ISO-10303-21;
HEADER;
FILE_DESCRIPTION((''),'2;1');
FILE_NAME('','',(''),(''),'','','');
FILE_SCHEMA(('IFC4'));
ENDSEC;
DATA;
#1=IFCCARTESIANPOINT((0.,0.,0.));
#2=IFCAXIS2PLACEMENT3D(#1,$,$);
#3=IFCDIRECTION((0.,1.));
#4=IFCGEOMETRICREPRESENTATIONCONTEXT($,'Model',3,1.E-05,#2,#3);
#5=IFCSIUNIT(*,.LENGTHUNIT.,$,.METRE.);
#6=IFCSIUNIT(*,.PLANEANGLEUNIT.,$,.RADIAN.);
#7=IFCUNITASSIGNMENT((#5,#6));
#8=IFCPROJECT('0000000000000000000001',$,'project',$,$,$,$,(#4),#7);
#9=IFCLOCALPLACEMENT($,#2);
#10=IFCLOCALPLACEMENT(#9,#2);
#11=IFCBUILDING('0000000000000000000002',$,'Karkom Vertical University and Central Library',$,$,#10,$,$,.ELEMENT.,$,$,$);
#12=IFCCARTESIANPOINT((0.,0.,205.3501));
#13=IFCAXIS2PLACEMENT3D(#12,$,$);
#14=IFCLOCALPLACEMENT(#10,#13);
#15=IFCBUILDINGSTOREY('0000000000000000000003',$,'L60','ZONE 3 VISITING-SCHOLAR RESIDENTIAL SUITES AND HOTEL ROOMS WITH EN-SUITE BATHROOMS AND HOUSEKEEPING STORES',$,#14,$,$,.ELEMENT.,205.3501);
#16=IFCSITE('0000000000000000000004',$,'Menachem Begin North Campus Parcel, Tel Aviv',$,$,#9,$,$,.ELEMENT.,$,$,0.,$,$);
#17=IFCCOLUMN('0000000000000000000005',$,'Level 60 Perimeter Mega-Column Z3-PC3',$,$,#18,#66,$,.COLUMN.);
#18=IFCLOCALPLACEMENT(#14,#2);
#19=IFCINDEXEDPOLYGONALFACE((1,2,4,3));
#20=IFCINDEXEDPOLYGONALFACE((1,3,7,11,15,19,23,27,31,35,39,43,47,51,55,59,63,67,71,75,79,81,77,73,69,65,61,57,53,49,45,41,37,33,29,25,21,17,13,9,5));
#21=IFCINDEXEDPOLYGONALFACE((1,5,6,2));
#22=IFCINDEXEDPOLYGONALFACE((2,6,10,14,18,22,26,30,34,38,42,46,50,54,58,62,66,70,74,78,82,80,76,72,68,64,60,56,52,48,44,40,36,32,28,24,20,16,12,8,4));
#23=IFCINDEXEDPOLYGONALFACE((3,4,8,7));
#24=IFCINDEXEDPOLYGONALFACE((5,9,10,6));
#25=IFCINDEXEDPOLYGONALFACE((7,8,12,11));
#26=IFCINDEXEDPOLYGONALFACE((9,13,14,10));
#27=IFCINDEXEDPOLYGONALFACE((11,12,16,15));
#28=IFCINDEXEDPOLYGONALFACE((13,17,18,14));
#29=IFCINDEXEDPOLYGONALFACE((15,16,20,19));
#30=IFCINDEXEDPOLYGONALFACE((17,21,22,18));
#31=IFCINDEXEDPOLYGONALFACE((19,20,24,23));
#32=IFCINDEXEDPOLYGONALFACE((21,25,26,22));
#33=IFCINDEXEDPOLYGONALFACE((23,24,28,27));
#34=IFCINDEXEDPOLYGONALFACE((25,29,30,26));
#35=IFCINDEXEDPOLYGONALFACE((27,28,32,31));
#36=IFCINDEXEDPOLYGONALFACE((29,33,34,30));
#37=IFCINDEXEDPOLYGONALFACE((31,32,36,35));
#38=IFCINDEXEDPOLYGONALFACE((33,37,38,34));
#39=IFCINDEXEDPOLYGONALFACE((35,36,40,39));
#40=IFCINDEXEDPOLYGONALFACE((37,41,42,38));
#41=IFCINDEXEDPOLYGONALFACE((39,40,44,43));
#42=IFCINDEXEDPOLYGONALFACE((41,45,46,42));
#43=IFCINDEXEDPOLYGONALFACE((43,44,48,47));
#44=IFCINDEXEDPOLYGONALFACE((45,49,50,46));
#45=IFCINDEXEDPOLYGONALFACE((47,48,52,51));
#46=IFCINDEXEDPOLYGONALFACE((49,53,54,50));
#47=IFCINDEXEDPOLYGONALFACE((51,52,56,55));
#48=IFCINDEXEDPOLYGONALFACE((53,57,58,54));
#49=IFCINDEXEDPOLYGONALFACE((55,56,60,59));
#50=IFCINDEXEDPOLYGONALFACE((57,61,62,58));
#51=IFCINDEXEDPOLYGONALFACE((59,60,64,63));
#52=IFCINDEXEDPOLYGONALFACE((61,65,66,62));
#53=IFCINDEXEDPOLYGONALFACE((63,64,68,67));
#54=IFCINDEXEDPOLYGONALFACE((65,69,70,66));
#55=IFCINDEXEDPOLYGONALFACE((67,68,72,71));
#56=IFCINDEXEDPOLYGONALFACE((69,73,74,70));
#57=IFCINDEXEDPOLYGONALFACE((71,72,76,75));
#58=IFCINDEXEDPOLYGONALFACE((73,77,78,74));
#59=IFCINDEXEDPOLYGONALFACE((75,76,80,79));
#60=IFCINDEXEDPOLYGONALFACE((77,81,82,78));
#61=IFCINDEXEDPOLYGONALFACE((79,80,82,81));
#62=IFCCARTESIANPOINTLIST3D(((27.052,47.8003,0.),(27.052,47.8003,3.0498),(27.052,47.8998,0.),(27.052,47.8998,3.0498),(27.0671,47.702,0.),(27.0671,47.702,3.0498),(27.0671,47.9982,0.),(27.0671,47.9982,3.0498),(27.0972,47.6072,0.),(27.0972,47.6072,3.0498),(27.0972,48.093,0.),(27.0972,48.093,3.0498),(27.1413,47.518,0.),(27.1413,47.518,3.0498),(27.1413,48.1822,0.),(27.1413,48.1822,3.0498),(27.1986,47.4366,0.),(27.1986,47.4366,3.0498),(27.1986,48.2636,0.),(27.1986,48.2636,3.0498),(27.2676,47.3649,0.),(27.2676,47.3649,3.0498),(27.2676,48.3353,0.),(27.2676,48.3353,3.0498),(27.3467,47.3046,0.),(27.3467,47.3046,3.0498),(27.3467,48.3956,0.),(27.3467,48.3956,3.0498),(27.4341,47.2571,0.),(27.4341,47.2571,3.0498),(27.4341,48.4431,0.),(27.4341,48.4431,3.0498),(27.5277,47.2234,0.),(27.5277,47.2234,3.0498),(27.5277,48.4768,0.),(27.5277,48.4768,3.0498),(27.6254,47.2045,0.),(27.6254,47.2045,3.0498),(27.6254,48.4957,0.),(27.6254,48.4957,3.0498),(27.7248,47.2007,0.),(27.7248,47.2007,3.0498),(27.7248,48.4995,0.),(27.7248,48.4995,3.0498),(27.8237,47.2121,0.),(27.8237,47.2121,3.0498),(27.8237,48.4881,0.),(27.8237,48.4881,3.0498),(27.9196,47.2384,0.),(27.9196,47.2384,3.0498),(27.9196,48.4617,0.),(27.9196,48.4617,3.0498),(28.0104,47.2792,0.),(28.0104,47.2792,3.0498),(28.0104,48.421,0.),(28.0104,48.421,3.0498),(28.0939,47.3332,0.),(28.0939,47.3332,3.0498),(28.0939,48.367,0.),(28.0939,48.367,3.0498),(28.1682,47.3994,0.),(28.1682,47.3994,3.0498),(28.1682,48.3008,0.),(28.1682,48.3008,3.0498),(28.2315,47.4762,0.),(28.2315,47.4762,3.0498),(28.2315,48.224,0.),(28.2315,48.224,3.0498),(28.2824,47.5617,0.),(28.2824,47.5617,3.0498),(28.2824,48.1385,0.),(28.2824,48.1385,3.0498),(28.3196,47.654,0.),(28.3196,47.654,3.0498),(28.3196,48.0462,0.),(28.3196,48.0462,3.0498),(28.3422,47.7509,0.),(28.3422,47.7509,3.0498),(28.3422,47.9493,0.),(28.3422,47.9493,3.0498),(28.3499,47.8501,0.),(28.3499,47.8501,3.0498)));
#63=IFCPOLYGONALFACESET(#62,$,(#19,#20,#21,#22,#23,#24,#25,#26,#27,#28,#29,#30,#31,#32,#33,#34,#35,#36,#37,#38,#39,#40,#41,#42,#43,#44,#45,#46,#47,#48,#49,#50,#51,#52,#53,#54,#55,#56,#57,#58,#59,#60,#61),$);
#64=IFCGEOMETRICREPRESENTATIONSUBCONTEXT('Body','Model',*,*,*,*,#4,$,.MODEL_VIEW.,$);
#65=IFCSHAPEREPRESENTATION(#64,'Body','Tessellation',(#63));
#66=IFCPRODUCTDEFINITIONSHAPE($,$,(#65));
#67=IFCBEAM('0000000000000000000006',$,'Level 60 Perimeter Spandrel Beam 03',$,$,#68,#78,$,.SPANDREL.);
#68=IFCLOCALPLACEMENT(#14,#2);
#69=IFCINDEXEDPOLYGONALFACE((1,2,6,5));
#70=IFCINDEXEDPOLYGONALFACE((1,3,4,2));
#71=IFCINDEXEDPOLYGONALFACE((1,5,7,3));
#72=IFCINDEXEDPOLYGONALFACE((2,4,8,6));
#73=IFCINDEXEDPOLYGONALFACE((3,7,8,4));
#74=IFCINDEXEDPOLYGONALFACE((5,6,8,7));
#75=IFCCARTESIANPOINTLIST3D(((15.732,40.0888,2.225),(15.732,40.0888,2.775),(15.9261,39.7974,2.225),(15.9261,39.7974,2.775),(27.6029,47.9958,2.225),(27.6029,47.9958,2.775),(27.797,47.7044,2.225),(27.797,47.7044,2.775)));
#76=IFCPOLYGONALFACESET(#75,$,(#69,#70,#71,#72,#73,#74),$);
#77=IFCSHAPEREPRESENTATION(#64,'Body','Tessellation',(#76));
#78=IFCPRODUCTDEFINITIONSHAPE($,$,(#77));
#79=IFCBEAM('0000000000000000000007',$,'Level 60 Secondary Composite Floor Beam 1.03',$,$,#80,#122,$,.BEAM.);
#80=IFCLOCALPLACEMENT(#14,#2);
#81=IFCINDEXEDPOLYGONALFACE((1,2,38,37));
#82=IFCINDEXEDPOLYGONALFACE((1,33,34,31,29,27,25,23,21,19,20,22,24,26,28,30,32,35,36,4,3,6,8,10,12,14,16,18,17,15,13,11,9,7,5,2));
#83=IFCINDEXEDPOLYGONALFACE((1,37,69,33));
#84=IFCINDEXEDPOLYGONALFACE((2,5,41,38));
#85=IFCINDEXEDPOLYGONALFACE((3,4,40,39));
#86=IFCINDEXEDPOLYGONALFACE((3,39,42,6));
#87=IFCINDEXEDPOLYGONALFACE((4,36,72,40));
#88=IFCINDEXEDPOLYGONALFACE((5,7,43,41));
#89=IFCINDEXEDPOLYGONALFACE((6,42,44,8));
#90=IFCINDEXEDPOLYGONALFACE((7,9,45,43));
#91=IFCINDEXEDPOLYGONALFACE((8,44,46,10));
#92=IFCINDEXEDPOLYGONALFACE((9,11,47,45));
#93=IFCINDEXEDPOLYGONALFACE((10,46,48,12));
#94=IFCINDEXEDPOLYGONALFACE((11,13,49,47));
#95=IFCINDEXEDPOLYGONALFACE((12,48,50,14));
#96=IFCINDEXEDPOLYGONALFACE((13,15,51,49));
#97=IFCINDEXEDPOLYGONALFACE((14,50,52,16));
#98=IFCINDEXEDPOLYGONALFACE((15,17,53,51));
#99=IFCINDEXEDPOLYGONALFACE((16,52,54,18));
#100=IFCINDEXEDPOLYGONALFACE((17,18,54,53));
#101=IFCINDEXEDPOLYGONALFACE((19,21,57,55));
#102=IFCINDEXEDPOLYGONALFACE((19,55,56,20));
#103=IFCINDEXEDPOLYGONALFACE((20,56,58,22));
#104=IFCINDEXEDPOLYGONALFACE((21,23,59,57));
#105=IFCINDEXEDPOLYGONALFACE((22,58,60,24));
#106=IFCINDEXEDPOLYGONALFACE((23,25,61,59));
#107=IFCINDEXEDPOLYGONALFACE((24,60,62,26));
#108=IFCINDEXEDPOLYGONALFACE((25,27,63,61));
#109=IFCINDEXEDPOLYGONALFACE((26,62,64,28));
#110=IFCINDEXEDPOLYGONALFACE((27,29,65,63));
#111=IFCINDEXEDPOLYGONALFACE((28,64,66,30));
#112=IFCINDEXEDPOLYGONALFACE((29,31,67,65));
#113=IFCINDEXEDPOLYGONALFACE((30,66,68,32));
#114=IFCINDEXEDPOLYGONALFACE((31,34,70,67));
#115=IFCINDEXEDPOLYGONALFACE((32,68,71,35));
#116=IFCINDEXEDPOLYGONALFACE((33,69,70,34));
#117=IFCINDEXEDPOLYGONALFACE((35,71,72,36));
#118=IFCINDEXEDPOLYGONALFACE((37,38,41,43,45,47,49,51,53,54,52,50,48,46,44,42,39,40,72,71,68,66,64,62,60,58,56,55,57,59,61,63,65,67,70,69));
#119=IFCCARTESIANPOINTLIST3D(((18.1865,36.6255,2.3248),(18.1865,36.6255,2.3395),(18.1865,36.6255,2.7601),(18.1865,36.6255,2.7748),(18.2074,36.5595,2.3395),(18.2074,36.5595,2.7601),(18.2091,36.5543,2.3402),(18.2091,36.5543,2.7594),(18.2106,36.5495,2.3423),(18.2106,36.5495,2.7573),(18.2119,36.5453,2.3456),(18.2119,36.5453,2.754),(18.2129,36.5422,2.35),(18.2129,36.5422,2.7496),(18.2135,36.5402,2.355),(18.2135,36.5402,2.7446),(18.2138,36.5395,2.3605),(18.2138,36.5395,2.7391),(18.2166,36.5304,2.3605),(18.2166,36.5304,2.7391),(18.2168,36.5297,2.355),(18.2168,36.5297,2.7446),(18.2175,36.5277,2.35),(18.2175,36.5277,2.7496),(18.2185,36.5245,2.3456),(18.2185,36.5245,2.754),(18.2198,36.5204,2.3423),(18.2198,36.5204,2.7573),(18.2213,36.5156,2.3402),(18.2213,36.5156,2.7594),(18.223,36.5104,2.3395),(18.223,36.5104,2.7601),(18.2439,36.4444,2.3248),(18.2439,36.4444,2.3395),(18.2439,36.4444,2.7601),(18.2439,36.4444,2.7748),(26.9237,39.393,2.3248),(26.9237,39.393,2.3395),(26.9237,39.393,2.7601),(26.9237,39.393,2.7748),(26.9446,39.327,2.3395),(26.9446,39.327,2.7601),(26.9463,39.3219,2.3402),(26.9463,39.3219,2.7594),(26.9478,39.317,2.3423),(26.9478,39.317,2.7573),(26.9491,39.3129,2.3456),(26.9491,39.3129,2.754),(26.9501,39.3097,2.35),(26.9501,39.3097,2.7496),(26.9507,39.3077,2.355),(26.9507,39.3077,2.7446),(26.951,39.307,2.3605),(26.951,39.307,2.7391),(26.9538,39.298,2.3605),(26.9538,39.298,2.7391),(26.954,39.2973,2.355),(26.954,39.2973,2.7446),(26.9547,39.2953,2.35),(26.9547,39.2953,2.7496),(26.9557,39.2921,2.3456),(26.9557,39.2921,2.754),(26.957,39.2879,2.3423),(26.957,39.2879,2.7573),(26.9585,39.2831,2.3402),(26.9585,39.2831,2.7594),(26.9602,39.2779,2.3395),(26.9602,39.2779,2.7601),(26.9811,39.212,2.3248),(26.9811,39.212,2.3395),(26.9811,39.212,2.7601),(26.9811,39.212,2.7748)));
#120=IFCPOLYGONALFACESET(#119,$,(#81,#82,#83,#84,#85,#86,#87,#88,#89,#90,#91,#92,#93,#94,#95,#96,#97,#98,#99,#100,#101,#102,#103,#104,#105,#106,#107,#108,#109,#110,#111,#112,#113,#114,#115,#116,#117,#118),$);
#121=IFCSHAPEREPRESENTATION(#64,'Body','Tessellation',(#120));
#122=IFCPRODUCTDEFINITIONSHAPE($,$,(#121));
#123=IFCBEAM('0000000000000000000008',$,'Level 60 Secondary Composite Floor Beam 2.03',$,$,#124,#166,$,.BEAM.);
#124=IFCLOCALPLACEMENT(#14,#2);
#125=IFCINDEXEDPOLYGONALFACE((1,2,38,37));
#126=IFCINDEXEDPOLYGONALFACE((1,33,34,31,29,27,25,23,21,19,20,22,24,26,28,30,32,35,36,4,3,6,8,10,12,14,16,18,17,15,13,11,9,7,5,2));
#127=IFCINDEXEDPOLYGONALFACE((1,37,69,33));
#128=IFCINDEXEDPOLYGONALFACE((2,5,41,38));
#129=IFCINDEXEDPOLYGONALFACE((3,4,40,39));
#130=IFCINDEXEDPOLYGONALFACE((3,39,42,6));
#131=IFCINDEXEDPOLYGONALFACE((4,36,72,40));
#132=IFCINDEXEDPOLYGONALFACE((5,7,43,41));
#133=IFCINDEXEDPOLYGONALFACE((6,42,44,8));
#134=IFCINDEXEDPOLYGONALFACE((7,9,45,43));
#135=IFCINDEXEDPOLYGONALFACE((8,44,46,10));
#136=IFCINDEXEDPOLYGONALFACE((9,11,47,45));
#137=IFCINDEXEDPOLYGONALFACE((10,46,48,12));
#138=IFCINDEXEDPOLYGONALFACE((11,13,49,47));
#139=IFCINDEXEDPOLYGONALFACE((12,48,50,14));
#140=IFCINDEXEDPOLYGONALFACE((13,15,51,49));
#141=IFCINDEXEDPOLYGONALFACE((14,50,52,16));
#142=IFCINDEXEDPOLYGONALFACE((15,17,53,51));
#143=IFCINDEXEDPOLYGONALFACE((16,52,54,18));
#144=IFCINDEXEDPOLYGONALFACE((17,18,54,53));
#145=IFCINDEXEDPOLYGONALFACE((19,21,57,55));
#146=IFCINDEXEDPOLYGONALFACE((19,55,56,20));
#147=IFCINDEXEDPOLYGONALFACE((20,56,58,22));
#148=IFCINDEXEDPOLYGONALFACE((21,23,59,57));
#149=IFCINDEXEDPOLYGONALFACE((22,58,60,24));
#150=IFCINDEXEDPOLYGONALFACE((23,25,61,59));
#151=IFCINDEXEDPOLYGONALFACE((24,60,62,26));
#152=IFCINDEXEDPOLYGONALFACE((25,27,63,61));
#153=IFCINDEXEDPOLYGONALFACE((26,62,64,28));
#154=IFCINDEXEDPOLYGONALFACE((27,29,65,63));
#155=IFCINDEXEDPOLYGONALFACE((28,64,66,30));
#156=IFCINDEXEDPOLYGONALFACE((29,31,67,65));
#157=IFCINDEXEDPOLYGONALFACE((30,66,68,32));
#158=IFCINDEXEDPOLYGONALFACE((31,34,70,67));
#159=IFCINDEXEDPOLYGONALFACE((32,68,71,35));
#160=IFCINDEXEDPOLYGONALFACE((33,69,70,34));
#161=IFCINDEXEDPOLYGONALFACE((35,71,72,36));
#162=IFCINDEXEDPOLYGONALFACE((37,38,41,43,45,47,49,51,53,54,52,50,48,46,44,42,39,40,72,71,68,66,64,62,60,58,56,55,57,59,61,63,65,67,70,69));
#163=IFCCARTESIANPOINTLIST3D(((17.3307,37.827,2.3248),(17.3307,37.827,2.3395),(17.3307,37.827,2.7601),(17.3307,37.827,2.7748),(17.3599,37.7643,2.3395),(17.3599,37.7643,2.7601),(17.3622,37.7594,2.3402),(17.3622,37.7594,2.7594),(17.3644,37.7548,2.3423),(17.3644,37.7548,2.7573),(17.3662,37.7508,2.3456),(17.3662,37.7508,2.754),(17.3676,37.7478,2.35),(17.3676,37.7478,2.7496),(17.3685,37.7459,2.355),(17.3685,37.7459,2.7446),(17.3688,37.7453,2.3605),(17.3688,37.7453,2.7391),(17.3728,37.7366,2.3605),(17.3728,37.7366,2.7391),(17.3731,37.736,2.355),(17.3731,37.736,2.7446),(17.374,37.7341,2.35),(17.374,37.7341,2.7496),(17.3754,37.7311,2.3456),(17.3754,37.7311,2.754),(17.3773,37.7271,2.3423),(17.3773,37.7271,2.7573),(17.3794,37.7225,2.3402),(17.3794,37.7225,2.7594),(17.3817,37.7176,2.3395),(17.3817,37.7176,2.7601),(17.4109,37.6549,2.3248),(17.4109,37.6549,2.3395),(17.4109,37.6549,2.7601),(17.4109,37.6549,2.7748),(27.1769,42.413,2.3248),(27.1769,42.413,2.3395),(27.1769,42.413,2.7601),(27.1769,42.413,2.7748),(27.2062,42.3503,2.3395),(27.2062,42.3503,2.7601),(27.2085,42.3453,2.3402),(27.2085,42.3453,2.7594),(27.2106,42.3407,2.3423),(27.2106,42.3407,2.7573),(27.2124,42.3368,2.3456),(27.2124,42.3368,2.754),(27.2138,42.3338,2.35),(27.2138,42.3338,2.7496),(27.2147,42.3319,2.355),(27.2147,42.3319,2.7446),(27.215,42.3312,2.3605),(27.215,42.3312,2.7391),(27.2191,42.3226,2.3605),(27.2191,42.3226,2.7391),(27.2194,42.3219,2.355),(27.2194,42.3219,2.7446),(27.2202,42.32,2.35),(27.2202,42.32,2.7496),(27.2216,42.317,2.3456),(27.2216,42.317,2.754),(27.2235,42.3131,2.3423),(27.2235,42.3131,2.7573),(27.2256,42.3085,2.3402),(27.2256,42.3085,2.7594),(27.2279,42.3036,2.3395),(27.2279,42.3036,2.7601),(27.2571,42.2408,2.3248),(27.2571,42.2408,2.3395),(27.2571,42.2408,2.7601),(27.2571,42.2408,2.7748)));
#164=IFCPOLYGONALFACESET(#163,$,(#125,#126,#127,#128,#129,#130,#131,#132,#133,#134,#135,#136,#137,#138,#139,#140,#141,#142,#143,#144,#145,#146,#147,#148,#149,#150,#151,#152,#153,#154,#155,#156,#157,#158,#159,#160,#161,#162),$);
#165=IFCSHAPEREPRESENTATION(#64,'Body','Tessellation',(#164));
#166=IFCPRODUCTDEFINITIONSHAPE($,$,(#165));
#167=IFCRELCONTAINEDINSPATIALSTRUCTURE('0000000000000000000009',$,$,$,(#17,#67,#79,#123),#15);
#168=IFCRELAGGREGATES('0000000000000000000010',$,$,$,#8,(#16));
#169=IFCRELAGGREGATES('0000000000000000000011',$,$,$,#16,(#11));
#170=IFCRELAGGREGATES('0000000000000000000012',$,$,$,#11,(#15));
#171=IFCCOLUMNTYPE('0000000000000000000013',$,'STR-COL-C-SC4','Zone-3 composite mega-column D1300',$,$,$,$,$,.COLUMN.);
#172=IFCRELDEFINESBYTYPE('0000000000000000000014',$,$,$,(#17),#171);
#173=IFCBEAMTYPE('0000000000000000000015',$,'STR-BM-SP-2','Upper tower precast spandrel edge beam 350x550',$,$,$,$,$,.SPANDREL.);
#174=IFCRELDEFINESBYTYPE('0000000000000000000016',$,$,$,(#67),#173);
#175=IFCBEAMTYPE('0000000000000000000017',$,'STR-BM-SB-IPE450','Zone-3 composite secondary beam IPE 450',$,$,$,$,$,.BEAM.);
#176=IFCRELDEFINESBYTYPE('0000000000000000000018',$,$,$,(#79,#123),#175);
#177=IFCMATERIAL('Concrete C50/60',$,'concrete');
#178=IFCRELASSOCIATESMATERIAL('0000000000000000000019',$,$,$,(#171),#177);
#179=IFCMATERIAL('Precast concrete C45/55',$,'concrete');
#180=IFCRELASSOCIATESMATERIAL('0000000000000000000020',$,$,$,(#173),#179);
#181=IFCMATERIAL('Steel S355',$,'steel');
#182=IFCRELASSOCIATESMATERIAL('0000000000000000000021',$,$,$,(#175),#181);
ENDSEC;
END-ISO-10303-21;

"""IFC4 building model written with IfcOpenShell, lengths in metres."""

from ifc_helpers import new_model, si_unit, direction, frame, origin, origin_with_axes, origin_2d, place, context, subcontext, project, spatial, rectangle, circle, i_section, extrude, source, transform, mapped, material, material_profile, profile_set, type_object, element, save


model = new_model("IFC4")

# Units and contexts
model_context = context("Model", 3, precision=1e-05, world=origin(), true_north=direction((0.0, 1.0)))
body_context = subcontext(model_context, "Body", "Model", "MODEL_VIEW")
ifc_project = project(units=[si_unit("LENGTHUNIT", "METRE"), si_unit("PLANEANGLEUNIT", "RADIAN")], contexts=[model_context])

# Site, building, storey
site_placement = place(None, origin())
site = spatial("IfcSite", under=ifc_project, at=site_placement, Name="Menachem Begin North Campus Parcel, Tel Aviv", CompositionType="ELEMENT", RefElevation=0.0)
building_placement = place(site_placement, origin())
building = spatial("IfcBuilding", under=site, at=building_placement, Name="Karkom Vertical University and Central Library", CompositionType="ELEMENT")
storey_placement = place(building_placement, frame((0.0, 0.0, 205.3501)))
storey = spatial("IfcBuildingStorey", under=building, at=storey_placement, Name="L60", Description="ZONE 3 VISITING-SCHOLAR RESIDENTIAL SUITES AND HOTEL ROOMS WITH EN-SUITE BATHROOMS AND HOUSEKEEPING STORES", CompositionType="ELEMENT", Elevation=205.3501)

# Column
ifc_material_1 = material(Name="Concrete C50/60", Category="concrete")
ifc_material_profile_1 = material_profile(ifc_material_1, circle(Radius=0.6499, at=origin_2d()), Name="CFT-D1300")
ifc_profile_set_1 = profile_set([ifc_material_profile_1], Name="Concrete C50/60")
column_type = type_object("IfcColumnType", Name="STR-COL-C-SC4", Description="Zone-3 composite mega-column D1300", PredefinedType="COLUMN", material=ifc_profile_set_1)
shared_shape_1 = source(origin_with_axes(), body_context, "Body", "SweptSolid", [
    extrude(circle(Radius=0.6499, at=origin_2d()), origin(), (0.0, 0.0, 1.0), 3.0498),
])
column_placement = place(storey_placement, frame((27.7, 47.8501, 0.0), z_axis=(0.0, 0.0, 1.0), x_axis=(1.0, 0.0, 0.0)))
element("IfcColumn", 1, at=column_placement, inside=storey, type_object=column_type, Name="Level 60 Perimeter Mega-Column Z3-PC3", PredefinedType="COLUMN", context=body_context, shape_type="MappedRepresentation", body=[
    mapped(shared_shape_1, transform((0.0, 0.0, 0.0), scale=1.0)),
])

# Beams
ifc_material_2 = material(Name="Precast concrete C45/55", Category="concrete")
ifc_material_profile_2 = material_profile(ifc_material_2, rectangle(XDim=0.3501, YDim=0.55, at=origin_2d()), Name="SPB-350x550")
ifc_profile_set_2 = profile_set([ifc_material_profile_2], Name="Precast concrete C45/55")
beam_type_1 = type_object("IfcBeamType", Name="STR-BM-SP-2", Description="Upper tower precast spandrel edge beam 350x550", PredefinedType="SPANDREL", material=ifc_profile_set_2)
shared_shape_2 = source(origin_with_axes(), body_context, "Body", "SweptSolid", [
    extrude(rectangle(XDim=0.3501, YDim=0.55, at=origin_2d()), origin(), (0.0, 0.0, 1.0), 14.2632),
])
beam_1_placement = place(storey_placement, frame((27.7, 47.8501, 2.5), z_axis=(-0.832274, -0.554364, 0.0), x_axis=(0.554364, -0.832274, 0.0)))
element("IfcBeam", 2, at=beam_1_placement, inside=storey, type_object=beam_type_1, Name="Level 60 Perimeter Spandrel Beam 03", PredefinedType="SPANDREL", context=body_context, shape_type="MappedRepresentation", body=[
    mapped(shared_shape_2, transform((0.0, 0.0, 0.0), scale=1.0)),
])
ifc_material_3 = material(Name="Steel S355", Category="steel")
ifc_material_profile_3 = material_profile(ifc_material_3, i_section(OverallWidth=0.1899, OverallDepth=0.45, WebThickness=0.0095, FlangeThickness=0.0146, FilletRadius=0.021, at=origin_2d()), Name="IPE 450")
ifc_profile_set_3 = profile_set([ifc_material_profile_3], Name="Steel S355")
beam_type_2 = type_object("IfcBeamType", Name="STR-BM-SB-IPE450", Description="Zone-3 composite secondary beam IPE 450", PredefinedType="BEAM", material=ifc_profile_set_3)
shared_shape_3 = source(origin_with_axes(), body_context, "Body", "SweptSolid", [
    extrude(i_section(OverallWidth=0.1899, OverallDepth=0.45, WebThickness=0.0095, FlangeThickness=0.0146, FilletRadius=0.021, at=origin_2d()), origin(), (0.0, 0.0, 1.0), 9.165),
])
beam_2_placement = place(storey_placement, frame((26.9524, 39.3025, 2.5498), z_axis=(-0.953318, -0.301968, 0.0), x_axis=(0.301968, -0.953318, 0.0)))
element("IfcBeam", 3, at=beam_2_placement, inside=storey, type_object=beam_type_2, Name="Level 60 Secondary Composite Floor Beam 1.03", PredefinedType="BEAM", context=body_context, shape_type="MappedRepresentation", body=[
    mapped(shared_shape_3, transform((0.0, 0.0, 0.0), scale=1.0)),
])
shared_shape_4 = source(origin_with_axes(), body_context, "Body", "SweptSolid", [
    extrude(i_section(OverallWidth=0.1899, OverallDepth=0.45, WebThickness=0.0095, FlangeThickness=0.0146, FilletRadius=0.021, at=origin_2d()), origin(), (0.0, 0.0, 1.0), 10.8618),
])
beam_3_placement = place(storey_placement, frame((27.217, 42.3269, 2.5498), z_axis=(-0.906499, -0.422209, 0.0), x_axis=(0.422209, -0.906499, 0.0)))
element("IfcBeam", 4, at=beam_3_placement, inside=storey, type_object=beam_type_2, Name="Level 60 Secondary Composite Floor Beam 2.03", PredefinedType="BEAM", context=body_context, shape_type="MappedRepresentation", body=[
    mapped(shared_shape_4, transform((0.0, 0.0, 0.0), scale=1.0)),
])

save(model, "model.ifc")
